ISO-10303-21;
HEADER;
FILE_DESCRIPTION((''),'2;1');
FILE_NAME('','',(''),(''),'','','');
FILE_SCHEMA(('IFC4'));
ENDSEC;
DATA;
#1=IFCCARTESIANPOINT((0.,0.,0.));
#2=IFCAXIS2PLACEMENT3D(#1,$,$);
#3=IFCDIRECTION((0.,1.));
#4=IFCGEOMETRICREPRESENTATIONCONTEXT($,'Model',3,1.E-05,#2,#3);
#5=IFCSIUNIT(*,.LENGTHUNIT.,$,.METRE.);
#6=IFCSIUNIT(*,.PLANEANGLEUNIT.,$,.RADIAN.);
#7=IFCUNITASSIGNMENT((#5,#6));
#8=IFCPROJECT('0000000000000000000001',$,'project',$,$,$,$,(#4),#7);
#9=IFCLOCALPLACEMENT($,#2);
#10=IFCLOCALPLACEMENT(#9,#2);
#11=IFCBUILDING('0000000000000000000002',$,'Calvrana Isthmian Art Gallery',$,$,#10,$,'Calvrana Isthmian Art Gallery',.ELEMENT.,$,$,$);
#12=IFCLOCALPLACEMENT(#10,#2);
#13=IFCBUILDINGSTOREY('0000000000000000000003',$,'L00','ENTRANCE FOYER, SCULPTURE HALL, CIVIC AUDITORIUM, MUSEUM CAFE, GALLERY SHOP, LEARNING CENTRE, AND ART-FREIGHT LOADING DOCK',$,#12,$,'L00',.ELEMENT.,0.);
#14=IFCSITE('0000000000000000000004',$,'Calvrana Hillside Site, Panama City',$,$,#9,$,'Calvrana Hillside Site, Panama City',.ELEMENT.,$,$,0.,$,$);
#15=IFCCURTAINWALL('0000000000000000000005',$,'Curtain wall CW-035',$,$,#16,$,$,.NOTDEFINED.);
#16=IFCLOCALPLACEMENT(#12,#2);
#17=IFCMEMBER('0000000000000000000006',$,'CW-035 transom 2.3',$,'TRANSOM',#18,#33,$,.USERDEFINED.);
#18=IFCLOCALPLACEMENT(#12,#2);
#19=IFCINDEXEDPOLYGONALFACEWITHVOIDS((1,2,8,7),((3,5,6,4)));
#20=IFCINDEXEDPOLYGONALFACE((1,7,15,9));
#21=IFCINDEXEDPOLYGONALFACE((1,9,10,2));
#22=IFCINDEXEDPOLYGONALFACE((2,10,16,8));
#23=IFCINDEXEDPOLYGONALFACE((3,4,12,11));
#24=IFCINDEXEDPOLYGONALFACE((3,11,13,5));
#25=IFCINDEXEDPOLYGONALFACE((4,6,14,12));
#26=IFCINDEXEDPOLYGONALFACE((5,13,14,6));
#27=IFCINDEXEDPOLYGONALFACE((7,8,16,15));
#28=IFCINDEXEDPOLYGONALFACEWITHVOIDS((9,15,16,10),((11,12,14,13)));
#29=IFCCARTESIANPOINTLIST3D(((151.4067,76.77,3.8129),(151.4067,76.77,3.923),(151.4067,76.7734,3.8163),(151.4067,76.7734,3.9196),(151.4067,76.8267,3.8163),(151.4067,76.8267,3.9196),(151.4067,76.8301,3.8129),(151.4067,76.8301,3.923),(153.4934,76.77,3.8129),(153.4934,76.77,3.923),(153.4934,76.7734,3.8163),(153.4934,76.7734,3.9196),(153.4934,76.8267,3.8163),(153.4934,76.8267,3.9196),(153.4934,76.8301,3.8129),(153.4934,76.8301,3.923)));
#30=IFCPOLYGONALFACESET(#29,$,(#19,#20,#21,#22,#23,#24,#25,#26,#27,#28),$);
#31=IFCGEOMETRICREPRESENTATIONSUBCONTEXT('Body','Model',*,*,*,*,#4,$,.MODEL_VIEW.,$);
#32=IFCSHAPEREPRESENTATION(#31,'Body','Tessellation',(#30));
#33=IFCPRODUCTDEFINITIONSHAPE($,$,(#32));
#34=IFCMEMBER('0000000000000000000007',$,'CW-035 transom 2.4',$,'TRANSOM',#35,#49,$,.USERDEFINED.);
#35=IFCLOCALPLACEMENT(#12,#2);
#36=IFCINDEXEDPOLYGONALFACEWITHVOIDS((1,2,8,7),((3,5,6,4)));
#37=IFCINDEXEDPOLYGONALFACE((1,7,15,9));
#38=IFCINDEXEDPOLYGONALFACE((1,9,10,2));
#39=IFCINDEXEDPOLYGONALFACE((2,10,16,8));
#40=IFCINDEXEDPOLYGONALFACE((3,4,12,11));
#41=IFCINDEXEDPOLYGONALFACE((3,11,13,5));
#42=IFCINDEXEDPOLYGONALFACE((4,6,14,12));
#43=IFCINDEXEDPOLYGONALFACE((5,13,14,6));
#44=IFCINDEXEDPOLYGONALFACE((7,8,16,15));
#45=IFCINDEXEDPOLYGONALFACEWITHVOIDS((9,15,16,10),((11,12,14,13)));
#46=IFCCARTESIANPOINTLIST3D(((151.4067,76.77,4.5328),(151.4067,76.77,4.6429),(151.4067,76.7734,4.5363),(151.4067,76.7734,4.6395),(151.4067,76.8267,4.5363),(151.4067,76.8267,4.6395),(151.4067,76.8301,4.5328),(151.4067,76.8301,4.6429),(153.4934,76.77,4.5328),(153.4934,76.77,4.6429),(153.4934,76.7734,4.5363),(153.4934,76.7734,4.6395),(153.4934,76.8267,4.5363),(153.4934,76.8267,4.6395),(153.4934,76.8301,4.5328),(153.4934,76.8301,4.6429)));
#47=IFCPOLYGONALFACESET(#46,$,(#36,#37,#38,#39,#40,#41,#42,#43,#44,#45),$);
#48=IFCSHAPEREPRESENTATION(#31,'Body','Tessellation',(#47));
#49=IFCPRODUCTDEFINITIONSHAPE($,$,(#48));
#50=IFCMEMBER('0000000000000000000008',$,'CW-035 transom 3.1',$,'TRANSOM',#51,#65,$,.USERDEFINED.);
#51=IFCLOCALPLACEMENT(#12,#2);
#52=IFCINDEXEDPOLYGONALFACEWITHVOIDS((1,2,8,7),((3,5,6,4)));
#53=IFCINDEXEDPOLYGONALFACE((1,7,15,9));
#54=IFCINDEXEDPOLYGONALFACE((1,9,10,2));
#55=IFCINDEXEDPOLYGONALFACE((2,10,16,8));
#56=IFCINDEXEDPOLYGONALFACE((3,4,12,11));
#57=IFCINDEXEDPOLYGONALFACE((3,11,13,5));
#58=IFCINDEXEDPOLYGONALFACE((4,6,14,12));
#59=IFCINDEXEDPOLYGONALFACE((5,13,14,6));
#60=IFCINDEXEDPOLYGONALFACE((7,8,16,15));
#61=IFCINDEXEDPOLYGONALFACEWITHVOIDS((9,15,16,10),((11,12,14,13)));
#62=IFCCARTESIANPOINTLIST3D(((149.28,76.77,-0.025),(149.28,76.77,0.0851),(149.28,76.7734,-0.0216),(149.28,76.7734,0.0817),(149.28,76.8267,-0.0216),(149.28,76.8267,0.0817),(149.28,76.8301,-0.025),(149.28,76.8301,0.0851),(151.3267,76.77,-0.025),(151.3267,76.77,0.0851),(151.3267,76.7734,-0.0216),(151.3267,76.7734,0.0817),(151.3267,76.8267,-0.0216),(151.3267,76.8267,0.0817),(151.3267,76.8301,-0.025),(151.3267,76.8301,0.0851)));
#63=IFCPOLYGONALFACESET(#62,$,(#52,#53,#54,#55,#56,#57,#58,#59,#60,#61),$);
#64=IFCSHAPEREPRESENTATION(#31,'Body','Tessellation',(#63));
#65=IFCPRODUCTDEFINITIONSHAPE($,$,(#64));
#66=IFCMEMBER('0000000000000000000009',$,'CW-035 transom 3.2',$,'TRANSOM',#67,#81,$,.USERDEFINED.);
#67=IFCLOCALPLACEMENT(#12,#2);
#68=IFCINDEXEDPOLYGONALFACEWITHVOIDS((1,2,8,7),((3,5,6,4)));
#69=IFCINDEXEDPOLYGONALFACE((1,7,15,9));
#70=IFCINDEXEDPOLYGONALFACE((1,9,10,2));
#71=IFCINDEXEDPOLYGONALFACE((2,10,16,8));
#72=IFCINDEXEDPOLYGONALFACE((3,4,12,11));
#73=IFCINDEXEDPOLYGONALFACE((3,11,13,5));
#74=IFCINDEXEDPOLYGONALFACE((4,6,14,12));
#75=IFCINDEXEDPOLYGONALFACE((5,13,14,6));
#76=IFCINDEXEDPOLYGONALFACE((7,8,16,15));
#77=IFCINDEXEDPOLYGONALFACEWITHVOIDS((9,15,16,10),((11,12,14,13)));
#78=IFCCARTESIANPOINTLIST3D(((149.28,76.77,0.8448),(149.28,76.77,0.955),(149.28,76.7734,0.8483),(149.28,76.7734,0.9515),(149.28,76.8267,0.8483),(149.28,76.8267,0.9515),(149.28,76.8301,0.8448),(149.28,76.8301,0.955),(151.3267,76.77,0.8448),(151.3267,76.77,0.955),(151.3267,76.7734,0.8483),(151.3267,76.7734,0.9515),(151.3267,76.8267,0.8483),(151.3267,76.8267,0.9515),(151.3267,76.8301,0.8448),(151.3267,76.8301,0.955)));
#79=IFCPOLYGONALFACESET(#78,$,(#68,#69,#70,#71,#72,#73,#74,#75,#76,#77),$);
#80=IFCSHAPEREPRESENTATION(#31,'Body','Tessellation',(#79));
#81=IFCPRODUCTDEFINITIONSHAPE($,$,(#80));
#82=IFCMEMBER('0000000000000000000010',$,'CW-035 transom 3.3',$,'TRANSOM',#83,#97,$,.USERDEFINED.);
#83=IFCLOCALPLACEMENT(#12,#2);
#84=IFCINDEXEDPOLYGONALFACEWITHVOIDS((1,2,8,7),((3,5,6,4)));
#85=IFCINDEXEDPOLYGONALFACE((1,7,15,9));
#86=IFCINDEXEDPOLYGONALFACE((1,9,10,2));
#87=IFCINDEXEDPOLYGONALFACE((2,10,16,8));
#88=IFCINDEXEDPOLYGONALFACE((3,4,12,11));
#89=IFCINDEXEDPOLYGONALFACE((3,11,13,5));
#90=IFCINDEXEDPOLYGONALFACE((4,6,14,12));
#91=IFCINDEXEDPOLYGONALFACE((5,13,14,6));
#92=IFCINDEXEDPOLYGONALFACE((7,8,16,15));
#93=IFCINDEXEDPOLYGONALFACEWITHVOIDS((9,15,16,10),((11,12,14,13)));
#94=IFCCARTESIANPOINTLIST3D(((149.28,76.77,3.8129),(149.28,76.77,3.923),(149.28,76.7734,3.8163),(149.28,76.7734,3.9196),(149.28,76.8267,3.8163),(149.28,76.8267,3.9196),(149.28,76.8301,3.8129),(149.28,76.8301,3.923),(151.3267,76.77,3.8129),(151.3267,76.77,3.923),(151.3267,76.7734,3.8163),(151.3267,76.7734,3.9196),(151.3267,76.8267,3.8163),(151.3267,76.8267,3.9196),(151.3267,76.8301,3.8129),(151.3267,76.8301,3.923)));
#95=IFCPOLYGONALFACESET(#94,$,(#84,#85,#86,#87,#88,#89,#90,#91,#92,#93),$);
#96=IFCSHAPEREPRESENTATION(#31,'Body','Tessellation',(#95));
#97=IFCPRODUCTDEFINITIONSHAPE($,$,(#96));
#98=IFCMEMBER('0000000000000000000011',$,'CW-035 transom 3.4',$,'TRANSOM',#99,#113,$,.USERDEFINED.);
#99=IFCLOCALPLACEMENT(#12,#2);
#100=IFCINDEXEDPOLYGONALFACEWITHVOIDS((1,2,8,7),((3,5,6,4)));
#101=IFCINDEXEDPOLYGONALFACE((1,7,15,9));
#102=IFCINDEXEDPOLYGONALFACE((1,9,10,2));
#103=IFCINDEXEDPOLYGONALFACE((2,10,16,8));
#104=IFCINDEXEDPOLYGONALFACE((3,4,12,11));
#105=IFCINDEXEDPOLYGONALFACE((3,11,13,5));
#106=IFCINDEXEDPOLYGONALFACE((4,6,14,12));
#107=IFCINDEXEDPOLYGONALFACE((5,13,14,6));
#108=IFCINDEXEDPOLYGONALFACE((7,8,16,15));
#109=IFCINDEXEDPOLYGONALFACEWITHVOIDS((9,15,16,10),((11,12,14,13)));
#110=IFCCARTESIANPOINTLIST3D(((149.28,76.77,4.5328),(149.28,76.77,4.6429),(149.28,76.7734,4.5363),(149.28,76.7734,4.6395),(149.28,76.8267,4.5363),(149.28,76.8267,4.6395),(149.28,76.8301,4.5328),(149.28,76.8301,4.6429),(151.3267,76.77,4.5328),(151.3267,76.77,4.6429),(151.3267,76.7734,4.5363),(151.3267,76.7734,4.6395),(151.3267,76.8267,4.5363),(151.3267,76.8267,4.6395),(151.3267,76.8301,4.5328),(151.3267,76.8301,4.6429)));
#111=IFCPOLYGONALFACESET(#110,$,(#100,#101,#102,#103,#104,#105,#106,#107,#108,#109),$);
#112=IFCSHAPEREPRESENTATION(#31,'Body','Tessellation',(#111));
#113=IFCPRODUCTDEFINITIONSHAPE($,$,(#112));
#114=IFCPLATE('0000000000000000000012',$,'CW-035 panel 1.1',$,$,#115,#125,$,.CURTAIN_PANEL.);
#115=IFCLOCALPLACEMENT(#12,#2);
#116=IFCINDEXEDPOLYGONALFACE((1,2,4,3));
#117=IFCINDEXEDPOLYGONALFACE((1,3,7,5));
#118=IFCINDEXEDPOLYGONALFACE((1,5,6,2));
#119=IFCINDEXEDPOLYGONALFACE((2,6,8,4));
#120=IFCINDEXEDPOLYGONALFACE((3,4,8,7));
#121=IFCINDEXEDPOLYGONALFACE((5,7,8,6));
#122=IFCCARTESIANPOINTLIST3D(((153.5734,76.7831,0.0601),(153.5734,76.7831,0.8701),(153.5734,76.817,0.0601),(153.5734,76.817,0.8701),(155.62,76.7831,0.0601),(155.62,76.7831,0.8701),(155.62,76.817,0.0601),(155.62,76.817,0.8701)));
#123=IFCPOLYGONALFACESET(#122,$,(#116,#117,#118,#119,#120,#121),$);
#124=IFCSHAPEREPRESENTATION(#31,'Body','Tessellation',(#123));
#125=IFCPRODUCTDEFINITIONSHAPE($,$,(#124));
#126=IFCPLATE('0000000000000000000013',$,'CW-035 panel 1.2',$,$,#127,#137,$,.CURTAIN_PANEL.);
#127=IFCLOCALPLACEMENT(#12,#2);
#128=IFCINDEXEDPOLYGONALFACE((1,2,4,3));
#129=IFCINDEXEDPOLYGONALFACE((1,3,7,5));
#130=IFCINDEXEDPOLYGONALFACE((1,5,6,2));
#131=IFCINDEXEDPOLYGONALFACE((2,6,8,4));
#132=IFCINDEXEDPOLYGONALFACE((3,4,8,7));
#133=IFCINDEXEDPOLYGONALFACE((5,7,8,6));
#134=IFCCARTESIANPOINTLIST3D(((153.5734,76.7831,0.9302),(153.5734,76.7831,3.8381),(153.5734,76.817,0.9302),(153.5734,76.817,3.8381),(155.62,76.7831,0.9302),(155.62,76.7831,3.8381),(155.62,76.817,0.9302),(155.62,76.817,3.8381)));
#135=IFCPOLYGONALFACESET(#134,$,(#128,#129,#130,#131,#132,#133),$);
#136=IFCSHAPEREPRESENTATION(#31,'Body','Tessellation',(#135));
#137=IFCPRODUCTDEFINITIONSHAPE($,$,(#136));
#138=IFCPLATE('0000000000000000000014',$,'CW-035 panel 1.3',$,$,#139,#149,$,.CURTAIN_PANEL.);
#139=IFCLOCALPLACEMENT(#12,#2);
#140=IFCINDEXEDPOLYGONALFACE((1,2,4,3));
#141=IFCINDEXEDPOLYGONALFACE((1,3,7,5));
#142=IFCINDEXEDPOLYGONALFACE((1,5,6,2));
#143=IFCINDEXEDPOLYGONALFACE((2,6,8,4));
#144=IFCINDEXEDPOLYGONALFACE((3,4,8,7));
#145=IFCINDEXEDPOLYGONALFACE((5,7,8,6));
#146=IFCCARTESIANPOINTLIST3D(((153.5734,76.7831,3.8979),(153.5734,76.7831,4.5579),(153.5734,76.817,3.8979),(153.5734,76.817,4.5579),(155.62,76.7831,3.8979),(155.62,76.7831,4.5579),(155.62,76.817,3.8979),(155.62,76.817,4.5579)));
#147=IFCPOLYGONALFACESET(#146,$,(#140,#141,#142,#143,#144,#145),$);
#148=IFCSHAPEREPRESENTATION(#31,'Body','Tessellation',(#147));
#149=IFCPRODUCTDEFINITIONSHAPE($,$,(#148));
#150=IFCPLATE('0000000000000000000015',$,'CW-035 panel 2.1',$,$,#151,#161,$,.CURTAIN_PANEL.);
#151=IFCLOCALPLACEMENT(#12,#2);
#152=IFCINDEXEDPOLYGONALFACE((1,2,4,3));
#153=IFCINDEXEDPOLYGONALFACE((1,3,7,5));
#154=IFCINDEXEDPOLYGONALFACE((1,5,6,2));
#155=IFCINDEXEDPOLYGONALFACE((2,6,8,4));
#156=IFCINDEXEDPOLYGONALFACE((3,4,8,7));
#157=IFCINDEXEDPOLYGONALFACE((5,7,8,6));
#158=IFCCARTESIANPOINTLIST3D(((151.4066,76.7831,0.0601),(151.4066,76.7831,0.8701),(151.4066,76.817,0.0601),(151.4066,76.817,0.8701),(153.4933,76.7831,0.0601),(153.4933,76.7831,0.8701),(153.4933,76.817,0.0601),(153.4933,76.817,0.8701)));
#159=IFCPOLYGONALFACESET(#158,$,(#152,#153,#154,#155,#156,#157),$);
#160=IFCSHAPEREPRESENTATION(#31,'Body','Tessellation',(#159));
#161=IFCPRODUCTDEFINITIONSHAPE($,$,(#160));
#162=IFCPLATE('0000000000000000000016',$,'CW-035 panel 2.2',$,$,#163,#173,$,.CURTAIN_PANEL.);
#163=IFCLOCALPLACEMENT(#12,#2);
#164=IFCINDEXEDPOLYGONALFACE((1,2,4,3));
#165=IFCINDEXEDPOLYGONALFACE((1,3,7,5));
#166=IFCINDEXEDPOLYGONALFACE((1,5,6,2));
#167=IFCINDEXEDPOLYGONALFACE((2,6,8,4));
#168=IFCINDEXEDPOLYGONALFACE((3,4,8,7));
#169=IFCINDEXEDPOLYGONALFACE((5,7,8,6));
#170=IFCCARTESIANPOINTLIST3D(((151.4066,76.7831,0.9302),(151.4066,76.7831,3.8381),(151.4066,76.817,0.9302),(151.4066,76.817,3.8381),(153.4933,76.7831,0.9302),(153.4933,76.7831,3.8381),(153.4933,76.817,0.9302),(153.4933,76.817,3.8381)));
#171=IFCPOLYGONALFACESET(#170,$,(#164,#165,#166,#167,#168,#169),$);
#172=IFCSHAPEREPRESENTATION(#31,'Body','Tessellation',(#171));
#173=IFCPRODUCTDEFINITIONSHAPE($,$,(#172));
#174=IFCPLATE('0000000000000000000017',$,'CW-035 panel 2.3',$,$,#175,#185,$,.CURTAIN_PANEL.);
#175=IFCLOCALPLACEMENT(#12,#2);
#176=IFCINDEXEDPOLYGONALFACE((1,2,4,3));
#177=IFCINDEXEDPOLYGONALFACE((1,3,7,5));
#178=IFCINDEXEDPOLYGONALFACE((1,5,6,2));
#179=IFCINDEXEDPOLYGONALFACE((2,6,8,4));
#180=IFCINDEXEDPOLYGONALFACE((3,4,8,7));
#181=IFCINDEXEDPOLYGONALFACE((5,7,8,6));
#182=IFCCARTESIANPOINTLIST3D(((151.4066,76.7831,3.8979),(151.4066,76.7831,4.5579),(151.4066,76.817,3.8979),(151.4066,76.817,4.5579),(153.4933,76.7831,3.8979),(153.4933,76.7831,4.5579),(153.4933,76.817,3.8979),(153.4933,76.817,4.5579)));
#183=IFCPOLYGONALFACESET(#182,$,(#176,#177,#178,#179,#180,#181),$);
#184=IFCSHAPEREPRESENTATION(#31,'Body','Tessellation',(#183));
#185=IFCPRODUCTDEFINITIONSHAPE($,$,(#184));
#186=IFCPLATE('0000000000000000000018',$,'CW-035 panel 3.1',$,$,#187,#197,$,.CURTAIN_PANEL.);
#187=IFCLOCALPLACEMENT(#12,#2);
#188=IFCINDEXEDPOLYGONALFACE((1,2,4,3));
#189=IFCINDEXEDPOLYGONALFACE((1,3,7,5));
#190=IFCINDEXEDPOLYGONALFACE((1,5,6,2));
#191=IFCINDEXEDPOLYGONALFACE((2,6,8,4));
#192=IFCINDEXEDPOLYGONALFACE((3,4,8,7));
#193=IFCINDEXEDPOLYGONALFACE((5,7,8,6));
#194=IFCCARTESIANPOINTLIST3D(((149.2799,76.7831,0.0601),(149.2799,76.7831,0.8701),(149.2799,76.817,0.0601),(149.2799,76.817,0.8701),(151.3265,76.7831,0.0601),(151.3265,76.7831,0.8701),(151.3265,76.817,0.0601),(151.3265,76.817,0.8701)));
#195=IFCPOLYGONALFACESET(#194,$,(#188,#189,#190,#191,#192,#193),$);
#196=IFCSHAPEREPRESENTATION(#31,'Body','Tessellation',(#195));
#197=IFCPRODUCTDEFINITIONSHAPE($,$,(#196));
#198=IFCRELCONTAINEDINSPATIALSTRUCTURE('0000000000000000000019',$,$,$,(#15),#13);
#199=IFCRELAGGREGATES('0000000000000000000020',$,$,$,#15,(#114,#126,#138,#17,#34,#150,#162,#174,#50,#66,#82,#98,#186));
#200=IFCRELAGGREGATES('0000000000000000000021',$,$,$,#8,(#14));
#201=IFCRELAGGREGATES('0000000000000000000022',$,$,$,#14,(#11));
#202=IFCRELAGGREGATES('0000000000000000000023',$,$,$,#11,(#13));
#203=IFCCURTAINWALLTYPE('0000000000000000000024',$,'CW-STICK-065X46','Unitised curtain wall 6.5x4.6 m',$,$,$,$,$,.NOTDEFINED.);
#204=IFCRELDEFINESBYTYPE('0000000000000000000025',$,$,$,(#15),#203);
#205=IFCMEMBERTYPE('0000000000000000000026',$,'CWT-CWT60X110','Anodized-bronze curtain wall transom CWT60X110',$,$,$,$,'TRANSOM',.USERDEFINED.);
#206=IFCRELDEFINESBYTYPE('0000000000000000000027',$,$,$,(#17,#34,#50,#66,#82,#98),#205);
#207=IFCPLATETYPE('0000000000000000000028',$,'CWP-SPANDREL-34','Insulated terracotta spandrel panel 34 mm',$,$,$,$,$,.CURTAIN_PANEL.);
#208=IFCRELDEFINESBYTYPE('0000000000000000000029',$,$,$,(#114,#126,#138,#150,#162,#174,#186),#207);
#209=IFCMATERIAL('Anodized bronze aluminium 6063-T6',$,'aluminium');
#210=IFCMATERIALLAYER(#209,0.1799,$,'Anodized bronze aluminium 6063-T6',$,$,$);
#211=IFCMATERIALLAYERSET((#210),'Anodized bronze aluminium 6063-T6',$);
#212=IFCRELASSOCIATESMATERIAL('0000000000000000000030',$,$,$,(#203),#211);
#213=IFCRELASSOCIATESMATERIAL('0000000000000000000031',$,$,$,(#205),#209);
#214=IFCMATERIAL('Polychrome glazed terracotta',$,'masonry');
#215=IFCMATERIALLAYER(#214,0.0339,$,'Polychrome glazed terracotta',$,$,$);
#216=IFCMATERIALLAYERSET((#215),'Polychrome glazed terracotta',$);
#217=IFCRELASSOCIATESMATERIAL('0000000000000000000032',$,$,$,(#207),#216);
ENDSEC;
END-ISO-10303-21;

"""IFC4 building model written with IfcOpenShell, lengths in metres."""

from ifc_helpers import new_model, si_unit, direction, frame, origin, origin_2d, place, context, subcontext, project, spatial, rectangle, hollow_rectangle, extrude, material, layer, layer_set, material_profile, profile_set, type_object, element, aggregate, save


model = new_model("IFC4")

# Units and contexts
model_context = context("Model", 3, precision=1e-05, world=origin(), true_north=direction((0.0, 1.0)))
body_context = subcontext(model_context, "Body", "Model", "MODEL_VIEW")
ifc_project = project(units=[si_unit("LENGTHUNIT", "METRE"), si_unit("PLANEANGLEUNIT", "RADIAN")], contexts=[model_context])

# Site, building, storey
site_placement = place(None, origin())
site = spatial("IfcSite", under=ifc_project, at=site_placement, Name="Calvrana Hillside Site, Panama City", LongName="Calvrana Hillside Site, Panama City", CompositionType="ELEMENT", RefElevation=0.0)
building_placement = place(site_placement, origin())
building = spatial("IfcBuilding", under=site, at=building_placement, Name="Calvrana Isthmian Art Gallery", LongName="Calvrana Isthmian Art Gallery", CompositionType="ELEMENT")
storey_placement = place(building_placement, origin())
storey = spatial("IfcBuildingStorey", under=building, at=storey_placement, Name="L00", Description="ENTRANCE FOYER, SCULPTURE HALL, CIVIC AUDITORIUM, MUSEUM CAFE, GALLERY SHOP, LEARNING CENTRE, AND ART-FREIGHT LOADING DOCK", LongName="L00", CompositionType="ELEMENT", Elevation=0.0)

# Shared definitions
ifc_material_1 = material(Name="Anodized bronze aluminium 6063-T6", Category="aluminium")

# Curtain wall, members, plates
ifc_layer_1 = layer(ifc_material_1, 0.1799, Name="Anodized bronze aluminium 6063-T6")
ifc_layer_set_1 = layer_set([ifc_layer_1], Name="Anodized bronze aluminium 6063-T6")
curtain_wall_type_1 = type_object("IfcCurtainWallType", Name="CW-STICK-065X46", Description="Unitised curtain wall 6.5x4.6 m", PredefinedType="NOTDEFINED", material=ifc_layer_set_1)
curtain_wall_1_placement = place(storey_placement, origin())
curtain_wall_1 = element("IfcCurtainWall", 1, at=curtain_wall_1_placement, inside=storey, type_object=curtain_wall_type_1, Name="Curtain wall CW-035", PredefinedType="NOTDEFINED")
ifc_material_profile_1 = material_profile(ifc_material_1, hollow_rectangle(XDim=0.0601, YDim=0.1101, WallThickness=0.0034, at=origin_2d()), Name="CWT60X110")
ifc_profile_set_1 = profile_set([ifc_material_profile_1], Name="Anodized bronze aluminium 6063-T6")
member_type_1 = type_object("IfcMemberType", Name="CWT-CWT60X110", Description="Anodized-bronze curtain wall transom CWT60X110", ElementType="TRANSOM", PredefinedType="USERDEFINED", material=ifc_profile_set_1)
member_1_placement = place(storey_placement, frame((153.4934, 76.8, 3.8679), z_axis=(-1.0, 0.0, 0.0), x_axis=(0.0, -1.0, 0.0)))
member_1 = element("IfcMember", 2, at=member_1_placement, type_object=member_type_1, Name="CW-035 transom 2.3", ObjectType="TRANSOM", PredefinedType="USERDEFINED", context=body_context, shape_type="SweptSolid", body=[
    extrude(hollow_rectangle(XDim=0.0601, YDim=0.1101, WallThickness=0.0034, at=origin_2d()), origin(), (0.0, 0.0, 1.0), 2.0867),
])
member_2_placement = place(storey_placement, frame((153.4934, 76.8, 4.5879), z_axis=(-1.0, 0.0, 0.0), x_axis=(0.0, -1.0, 0.0)))
member_2 = element("IfcMember", 3, at=member_2_placement, type_object=member_type_1, Name="CW-035 transom 2.4", ObjectType="TRANSOM", PredefinedType="USERDEFINED", context=body_context, shape_type="SweptSolid", body=[
    extrude(hollow_rectangle(XDim=0.0601, YDim=0.1101, WallThickness=0.0034, at=origin_2d()), origin(), (0.0, 0.0, 1.0), 2.0867),
])
member_3_placement = place(storey_placement, frame((151.3267, 76.8, 0.03), z_axis=(-1.0, 0.0, 0.0), x_axis=(0.0, -1.0, 0.0)))
member_3 = element("IfcMember", 4, at=member_3_placement, type_object=member_type_1, Name="CW-035 transom 3.1", ObjectType="TRANSOM", PredefinedType="USERDEFINED", context=body_context, shape_type="SweptSolid", body=[
    extrude(hollow_rectangle(XDim=0.0601, YDim=0.1101, WallThickness=0.0034, at=origin_2d()), origin(), (0.0, 0.0, 1.0), 2.0466),
])
member_4_placement = place(storey_placement, frame((151.3267, 76.8, 0.8999), z_axis=(-1.0, 0.0, 0.0), x_axis=(0.0, -1.0, 0.0)))
member_4 = element("IfcMember", 5, at=member_4_placement, type_object=member_type_1, Name="CW-035 transom 3.2", ObjectType="TRANSOM", PredefinedType="USERDEFINED", context=body_context, shape_type="SweptSolid", body=[
    extrude(hollow_rectangle(XDim=0.0601, YDim=0.1101, WallThickness=0.0034, at=origin_2d()), origin(), (0.0, 0.0, 1.0), 2.0466),
])
member_5_placement = place(storey_placement, frame((151.3267, 76.8, 3.8679), z_axis=(-1.0, 0.0, 0.0), x_axis=(0.0, -1.0, 0.0)))
member_5 = element("IfcMember", 6, at=member_5_placement, type_object=member_type_1, Name="CW-035 transom 3.3", ObjectType="TRANSOM", PredefinedType="USERDEFINED", context=body_context, shape_type="SweptSolid", body=[
    extrude(hollow_rectangle(XDim=0.0601, YDim=0.1101, WallThickness=0.0034, at=origin_2d()), origin(), (0.0, 0.0, 1.0), 2.0466),
])
member_6_placement = place(storey_placement, frame((151.3267, 76.8, 4.5879), z_axis=(-1.0, 0.0, 0.0), x_axis=(0.0, -1.0, 0.0)))
member_6 = element("IfcMember", 7, at=member_6_placement, type_object=member_type_1, Name="CW-035 transom 3.4", ObjectType="TRANSOM", PredefinedType="USERDEFINED", context=body_context, shape_type="SweptSolid", body=[
    extrude(hollow_rectangle(XDim=0.0601, YDim=0.1101, WallThickness=0.0034, at=origin_2d()), origin(), (0.0, 0.0, 1.0), 2.0466),
])
ifc_material_2 = material(Name="Polychrome glazed terracotta", Category="masonry")
ifc_layer_2 = layer(ifc_material_2, 0.0339, Name="Polychrome glazed terracotta")
ifc_layer_set_2 = layer_set([ifc_layer_2], Name="Polychrome glazed terracotta")
plate_type = type_object("IfcPlateType", Name="CWP-SPANDREL-34", Description="Insulated terracotta spandrel panel 34 mm", PredefinedType="CURTAIN_PANEL", material=ifc_layer_set_2)
plate_1_placement = place(storey_placement, frame((154.5967, 76.8, 0.0601), z_axis=(0.0, 0.0, 1.0), x_axis=(-1.0, 0.0, 0.0)))
plate_1 = element("IfcPlate", 8, at=plate_1_placement, type_object=plate_type, Name="CW-035 panel 1.1", PredefinedType="CURTAIN_PANEL", context=body_context, shape_type="SweptSolid", body=[
    extrude(rectangle(XDim=2.0466, YDim=0.0339, at=origin_2d()), origin(), (0.0, 0.0, 1.0), 0.8101),
])
plate_2_placement = place(storey_placement, frame((154.5967, 76.8, 0.9302), z_axis=(0.0, 0.0, 1.0), x_axis=(-1.0, 0.0, 0.0)))
plate_2 = element("IfcPlate", 9, at=plate_2_placement, type_object=plate_type, Name="CW-035 panel 1.2", PredefinedType="CURTAIN_PANEL", context=body_context, shape_type="SweptSolid", body=[
    extrude(rectangle(XDim=2.0466, YDim=0.0339, at=origin_2d()), origin(), (0.0, 0.0, 1.0), 2.908),
])
plate_3_placement = place(storey_placement, frame((154.5967, 76.8, 3.8979), z_axis=(0.0, 0.0, 1.0), x_axis=(-1.0, 0.0, 0.0)))
plate_3 = element("IfcPlate", 10, at=plate_3_placement, type_object=plate_type, Name="CW-035 panel 1.3", PredefinedType="CURTAIN_PANEL", context=body_context, shape_type="SweptSolid", body=[
    extrude(rectangle(XDim=2.0466, YDim=0.0339, at=origin_2d()), origin(), (0.0, 0.0, 1.0), 0.6599),
])
plate_4_placement = place(storey_placement, frame((152.45, 76.8, 0.0601), z_axis=(0.0, 0.0, 1.0), x_axis=(-1.0, 0.0, 0.0)))
plate_4 = element("IfcPlate", 11, at=plate_4_placement, type_object=plate_type, Name="CW-035 panel 2.1", PredefinedType="CURTAIN_PANEL", context=body_context, shape_type="SweptSolid", body=[
    extrude(rectangle(XDim=2.0867, YDim=0.0339, at=origin_2d()), origin(), (0.0, 0.0, 1.0), 0.8101),
])
plate_5_placement = place(storey_placement, frame((152.45, 76.8, 0.9302), z_axis=(0.0, 0.0, 1.0), x_axis=(-1.0, 0.0, 0.0)))
plate_5 = element("IfcPlate", 12, at=plate_5_placement, type_object=plate_type, Name="CW-035 panel 2.2", PredefinedType="CURTAIN_PANEL", context=body_context, shape_type="SweptSolid", body=[
    extrude(rectangle(XDim=2.0867, YDim=0.0339, at=origin_2d()), origin(), (0.0, 0.0, 1.0), 2.908),
])
plate_6_placement = place(storey_placement, frame((152.45, 76.8, 3.8979), z_axis=(0.0, 0.0, 1.0), x_axis=(-1.0, 0.0, 0.0)))
plate_6 = element("IfcPlate", 13, at=plate_6_placement, type_object=plate_type, Name="CW-035 panel 2.3", PredefinedType="CURTAIN_PANEL", context=body_context, shape_type="SweptSolid", body=[
    extrude(rectangle(XDim=2.0867, YDim=0.0339, at=origin_2d()), origin(), (0.0, 0.0, 1.0), 0.6599),
])
plate_7_placement = place(storey_placement, frame((150.3032, 76.8, 0.0601), z_axis=(0.0, 0.0, 1.0), x_axis=(-1.0, 0.0, 0.0)))
plate_7 = element("IfcPlate", 14, at=plate_7_placement, type_object=plate_type, Name="CW-035 panel 3.1", PredefinedType="CURTAIN_PANEL", context=body_context, shape_type="SweptSolid", body=[
    extrude(rectangle(XDim=2.0466, YDim=0.0339, at=origin_2d()), origin(), (0.0, 0.0, 1.0), 0.8101),
])
aggregate(curtain_wall_1, [plate_1, plate_2, plate_3, member_1, member_2, plate_4, plate_5, plate_6, member_3, member_4, member_5, member_6, plate_7])

save(model, "model.ifc")
